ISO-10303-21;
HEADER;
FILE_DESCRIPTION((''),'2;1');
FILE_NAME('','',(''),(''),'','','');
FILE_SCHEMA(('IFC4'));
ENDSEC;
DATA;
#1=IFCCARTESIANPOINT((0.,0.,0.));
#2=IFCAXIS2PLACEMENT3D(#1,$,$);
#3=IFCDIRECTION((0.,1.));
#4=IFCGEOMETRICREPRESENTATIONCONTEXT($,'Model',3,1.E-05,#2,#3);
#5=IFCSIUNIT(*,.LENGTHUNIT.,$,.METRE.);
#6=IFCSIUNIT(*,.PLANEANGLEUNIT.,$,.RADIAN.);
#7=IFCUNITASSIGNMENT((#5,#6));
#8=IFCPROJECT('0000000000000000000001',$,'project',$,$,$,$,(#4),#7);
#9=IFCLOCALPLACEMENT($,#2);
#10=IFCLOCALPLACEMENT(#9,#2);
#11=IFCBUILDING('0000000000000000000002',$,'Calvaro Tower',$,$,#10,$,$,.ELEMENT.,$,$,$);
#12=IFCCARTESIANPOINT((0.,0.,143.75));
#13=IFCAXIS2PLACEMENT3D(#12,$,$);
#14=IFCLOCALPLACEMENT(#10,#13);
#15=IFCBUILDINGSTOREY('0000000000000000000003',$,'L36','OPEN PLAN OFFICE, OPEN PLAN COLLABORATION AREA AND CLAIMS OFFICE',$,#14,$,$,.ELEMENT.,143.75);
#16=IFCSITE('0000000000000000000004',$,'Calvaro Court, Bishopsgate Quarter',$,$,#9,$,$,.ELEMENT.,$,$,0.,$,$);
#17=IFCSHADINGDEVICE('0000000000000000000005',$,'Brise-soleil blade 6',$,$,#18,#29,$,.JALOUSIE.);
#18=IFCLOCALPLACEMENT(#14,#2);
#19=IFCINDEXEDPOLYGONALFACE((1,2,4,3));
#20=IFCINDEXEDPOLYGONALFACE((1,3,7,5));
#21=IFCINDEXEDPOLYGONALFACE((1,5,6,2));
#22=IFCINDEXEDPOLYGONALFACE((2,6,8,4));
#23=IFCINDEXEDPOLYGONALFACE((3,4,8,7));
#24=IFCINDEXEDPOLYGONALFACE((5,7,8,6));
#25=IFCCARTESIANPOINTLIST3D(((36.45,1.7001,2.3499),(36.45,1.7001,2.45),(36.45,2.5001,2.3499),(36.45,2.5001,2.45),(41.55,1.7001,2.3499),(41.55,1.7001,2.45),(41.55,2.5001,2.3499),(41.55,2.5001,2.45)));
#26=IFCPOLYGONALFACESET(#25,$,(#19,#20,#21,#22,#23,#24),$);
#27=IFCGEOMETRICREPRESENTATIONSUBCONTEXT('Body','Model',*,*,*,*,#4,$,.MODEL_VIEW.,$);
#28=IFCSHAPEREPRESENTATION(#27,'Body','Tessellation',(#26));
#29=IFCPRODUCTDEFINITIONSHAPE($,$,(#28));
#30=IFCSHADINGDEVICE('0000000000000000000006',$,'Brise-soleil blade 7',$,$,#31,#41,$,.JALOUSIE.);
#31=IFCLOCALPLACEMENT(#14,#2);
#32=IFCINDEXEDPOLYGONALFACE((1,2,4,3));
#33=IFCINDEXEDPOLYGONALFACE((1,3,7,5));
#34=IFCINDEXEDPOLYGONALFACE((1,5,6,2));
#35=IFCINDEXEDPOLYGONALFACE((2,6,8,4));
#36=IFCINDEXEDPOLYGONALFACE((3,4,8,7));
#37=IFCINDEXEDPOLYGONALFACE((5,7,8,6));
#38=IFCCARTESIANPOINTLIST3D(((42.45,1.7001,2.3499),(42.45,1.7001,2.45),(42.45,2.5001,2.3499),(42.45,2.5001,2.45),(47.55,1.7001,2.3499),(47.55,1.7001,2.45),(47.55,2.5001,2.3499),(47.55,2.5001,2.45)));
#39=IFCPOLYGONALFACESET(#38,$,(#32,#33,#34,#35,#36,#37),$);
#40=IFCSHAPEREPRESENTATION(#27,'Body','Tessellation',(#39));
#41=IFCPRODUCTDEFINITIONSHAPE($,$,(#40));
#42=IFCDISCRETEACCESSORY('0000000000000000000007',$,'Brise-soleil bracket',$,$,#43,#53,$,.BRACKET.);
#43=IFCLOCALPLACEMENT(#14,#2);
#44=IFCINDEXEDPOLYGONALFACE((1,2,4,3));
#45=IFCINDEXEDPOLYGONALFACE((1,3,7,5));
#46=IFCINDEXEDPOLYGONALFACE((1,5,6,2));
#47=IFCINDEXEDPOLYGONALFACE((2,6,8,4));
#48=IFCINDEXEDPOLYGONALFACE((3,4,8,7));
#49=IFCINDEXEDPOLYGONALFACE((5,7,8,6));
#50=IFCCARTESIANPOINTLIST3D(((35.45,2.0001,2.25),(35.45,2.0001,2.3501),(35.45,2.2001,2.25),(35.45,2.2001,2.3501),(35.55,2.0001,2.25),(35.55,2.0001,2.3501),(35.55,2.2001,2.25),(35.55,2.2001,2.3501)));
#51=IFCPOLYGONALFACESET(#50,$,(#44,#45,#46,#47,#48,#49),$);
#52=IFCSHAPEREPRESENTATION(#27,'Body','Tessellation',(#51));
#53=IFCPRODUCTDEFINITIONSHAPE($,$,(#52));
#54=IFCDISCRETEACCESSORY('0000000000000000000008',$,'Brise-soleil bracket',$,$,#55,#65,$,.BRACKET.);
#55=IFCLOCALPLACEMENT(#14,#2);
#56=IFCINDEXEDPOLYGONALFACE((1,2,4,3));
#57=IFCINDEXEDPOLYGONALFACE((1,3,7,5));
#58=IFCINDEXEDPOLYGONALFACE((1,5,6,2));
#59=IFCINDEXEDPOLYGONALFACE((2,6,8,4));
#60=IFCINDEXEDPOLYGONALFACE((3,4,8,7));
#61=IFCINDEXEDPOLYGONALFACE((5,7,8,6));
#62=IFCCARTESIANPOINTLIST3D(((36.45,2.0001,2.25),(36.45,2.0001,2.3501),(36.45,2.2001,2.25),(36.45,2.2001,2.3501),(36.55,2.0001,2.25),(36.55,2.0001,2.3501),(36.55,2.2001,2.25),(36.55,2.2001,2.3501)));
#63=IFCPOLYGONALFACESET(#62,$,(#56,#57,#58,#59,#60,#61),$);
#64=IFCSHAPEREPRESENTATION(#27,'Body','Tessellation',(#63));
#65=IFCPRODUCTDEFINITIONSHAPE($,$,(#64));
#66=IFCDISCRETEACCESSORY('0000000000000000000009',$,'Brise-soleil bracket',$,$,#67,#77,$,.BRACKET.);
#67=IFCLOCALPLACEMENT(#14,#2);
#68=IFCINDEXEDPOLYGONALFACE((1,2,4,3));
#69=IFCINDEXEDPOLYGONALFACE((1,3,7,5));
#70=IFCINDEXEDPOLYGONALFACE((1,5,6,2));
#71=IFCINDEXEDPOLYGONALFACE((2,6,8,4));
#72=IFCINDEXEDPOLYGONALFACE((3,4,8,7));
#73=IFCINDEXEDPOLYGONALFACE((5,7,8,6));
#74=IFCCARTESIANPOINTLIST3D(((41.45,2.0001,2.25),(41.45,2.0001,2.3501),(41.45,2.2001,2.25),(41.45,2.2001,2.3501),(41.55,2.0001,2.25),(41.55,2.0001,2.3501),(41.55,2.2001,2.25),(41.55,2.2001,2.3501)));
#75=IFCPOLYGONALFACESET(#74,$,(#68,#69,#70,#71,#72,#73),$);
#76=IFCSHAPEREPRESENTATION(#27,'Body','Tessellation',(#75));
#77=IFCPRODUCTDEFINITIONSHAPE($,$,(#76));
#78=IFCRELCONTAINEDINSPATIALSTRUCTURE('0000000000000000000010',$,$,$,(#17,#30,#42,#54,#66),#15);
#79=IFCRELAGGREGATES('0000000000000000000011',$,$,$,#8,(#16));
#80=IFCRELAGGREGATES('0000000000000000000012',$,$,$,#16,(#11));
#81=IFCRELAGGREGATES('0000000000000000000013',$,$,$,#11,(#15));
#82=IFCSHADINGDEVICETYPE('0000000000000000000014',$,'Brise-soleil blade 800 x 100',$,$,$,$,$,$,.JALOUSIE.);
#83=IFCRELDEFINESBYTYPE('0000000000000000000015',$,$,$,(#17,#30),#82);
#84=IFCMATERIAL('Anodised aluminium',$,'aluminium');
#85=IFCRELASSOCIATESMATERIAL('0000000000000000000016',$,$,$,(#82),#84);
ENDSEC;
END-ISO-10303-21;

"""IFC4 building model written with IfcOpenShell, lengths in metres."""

from ifc_helpers import new_model, si_unit, direction, frame, origin, origin_2d, place, context, subcontext, project, spatial, rectangle, extrude, material, material_profile, profile_set, type_object, element, save


model = new_model("IFC4")

# Units and contexts
model_context = context("Model", 3, precision=1e-05, world=origin(), true_north=direction((0.0, 1.0)))
body_context = subcontext(model_context, "Body", "Model", "MODEL_VIEW")
ifc_project = project(units=[si_unit("LENGTHUNIT", "METRE"), si_unit("PLANEANGLEUNIT", "RADIAN")], contexts=[model_context])

# Site, building, storey
site_placement = place(None, origin())
site = spatial("IfcSite", under=ifc_project, at=site_placement, Name="Calvaro Court, Bishopsgate Quarter", CompositionType="ELEMENT", RefElevation=0.0)
building_placement = place(site_placement, origin())
building = spatial("IfcBuilding", under=site, at=building_placement, Name="Calvaro Tower", CompositionType="ELEMENT")
storey_placement = place(building_placement, frame((0.0, 0.0, 143.75)))
storey = spatial("IfcBuildingStorey", under=building, at=storey_placement, Name="L36", Description="OPEN PLAN OFFICE, OPEN PLAN COLLABORATION AREA AND CLAIMS OFFICE", CompositionType="ELEMENT", Elevation=143.75)

# Shading devices
ifc_material_1 = material(Name="Anodised aluminium", Category="aluminium")
ifc_material_profile_1 = material_profile(ifc_material_1, rectangle(XDim=0.8, YDim=0.1001, at=origin_2d()), Name="Brise-soleil blade 800 x 100")
ifc_profile_set_1 = profile_set([ifc_material_profile_1], Name="Anodised aluminium")
shading_device_type = type_object("IfcShadingDeviceType", Name="Brise-soleil blade 800 x 100", PredefinedType="JALOUSIE", material=ifc_profile_set_1)
for number, where, z_axis, x_axis, name in (
    (1, (36.45, 2.1001, 2.3999), (1.0, 0.0, 0.0), (0.0, 1.0, 0.0), "Brise-soleil blade 6"),
    (2, (42.45, 2.1001, 2.3999), (1.0, 0.0, 0.0), (0.0, 1.0, 0.0), "Brise-soleil blade 7"),
):
    element("IfcShadingDevice", number, at=place(storey_placement, frame(where, z_axis=z_axis, x_axis=x_axis)), inside=storey, type_object=shading_device_type, Name=name, PredefinedType="JALOUSIE", context=body_context, shape_type="SweptSolid", body=[
        extrude(rectangle(XDim=0.8, YDim=0.1001, at=origin_2d()), origin(), (0.0, 0.0, 1.0), 5.1001),
    ])

# Discrete accessories
for number, where, z_axis, x_axis, name in (
    (3, (35.5, 2.1001, 2.25), (0.0, 0.0, 1.0), (1.0, 0.0, 0.0), "Brise-soleil bracket"),
    (4, (36.5, 2.1001, 2.25), (0.0, 0.0, 1.0), (1.0, 0.0, 0.0), "Brise-soleil bracket"),
    (5, (41.5, 2.1001, 2.25), (0.0, 0.0, 1.0), (1.0, 0.0, 0.0), "Brise-soleil bracket"),
):
    element("IfcDiscreteAccessory", number, at=place(storey_placement, frame(where, z_axis=z_axis, x_axis=x_axis)), inside=storey, Name=name, PredefinedType="BRACKET", context=body_context, shape_type="SweptSolid", body=[
        extrude(rectangle(XDim=0.1001, YDim=0.2, at=origin_2d()), origin(), (0.0, 0.0, 1.0), 0.1001),
    ])

save(model, "model.ifc")
